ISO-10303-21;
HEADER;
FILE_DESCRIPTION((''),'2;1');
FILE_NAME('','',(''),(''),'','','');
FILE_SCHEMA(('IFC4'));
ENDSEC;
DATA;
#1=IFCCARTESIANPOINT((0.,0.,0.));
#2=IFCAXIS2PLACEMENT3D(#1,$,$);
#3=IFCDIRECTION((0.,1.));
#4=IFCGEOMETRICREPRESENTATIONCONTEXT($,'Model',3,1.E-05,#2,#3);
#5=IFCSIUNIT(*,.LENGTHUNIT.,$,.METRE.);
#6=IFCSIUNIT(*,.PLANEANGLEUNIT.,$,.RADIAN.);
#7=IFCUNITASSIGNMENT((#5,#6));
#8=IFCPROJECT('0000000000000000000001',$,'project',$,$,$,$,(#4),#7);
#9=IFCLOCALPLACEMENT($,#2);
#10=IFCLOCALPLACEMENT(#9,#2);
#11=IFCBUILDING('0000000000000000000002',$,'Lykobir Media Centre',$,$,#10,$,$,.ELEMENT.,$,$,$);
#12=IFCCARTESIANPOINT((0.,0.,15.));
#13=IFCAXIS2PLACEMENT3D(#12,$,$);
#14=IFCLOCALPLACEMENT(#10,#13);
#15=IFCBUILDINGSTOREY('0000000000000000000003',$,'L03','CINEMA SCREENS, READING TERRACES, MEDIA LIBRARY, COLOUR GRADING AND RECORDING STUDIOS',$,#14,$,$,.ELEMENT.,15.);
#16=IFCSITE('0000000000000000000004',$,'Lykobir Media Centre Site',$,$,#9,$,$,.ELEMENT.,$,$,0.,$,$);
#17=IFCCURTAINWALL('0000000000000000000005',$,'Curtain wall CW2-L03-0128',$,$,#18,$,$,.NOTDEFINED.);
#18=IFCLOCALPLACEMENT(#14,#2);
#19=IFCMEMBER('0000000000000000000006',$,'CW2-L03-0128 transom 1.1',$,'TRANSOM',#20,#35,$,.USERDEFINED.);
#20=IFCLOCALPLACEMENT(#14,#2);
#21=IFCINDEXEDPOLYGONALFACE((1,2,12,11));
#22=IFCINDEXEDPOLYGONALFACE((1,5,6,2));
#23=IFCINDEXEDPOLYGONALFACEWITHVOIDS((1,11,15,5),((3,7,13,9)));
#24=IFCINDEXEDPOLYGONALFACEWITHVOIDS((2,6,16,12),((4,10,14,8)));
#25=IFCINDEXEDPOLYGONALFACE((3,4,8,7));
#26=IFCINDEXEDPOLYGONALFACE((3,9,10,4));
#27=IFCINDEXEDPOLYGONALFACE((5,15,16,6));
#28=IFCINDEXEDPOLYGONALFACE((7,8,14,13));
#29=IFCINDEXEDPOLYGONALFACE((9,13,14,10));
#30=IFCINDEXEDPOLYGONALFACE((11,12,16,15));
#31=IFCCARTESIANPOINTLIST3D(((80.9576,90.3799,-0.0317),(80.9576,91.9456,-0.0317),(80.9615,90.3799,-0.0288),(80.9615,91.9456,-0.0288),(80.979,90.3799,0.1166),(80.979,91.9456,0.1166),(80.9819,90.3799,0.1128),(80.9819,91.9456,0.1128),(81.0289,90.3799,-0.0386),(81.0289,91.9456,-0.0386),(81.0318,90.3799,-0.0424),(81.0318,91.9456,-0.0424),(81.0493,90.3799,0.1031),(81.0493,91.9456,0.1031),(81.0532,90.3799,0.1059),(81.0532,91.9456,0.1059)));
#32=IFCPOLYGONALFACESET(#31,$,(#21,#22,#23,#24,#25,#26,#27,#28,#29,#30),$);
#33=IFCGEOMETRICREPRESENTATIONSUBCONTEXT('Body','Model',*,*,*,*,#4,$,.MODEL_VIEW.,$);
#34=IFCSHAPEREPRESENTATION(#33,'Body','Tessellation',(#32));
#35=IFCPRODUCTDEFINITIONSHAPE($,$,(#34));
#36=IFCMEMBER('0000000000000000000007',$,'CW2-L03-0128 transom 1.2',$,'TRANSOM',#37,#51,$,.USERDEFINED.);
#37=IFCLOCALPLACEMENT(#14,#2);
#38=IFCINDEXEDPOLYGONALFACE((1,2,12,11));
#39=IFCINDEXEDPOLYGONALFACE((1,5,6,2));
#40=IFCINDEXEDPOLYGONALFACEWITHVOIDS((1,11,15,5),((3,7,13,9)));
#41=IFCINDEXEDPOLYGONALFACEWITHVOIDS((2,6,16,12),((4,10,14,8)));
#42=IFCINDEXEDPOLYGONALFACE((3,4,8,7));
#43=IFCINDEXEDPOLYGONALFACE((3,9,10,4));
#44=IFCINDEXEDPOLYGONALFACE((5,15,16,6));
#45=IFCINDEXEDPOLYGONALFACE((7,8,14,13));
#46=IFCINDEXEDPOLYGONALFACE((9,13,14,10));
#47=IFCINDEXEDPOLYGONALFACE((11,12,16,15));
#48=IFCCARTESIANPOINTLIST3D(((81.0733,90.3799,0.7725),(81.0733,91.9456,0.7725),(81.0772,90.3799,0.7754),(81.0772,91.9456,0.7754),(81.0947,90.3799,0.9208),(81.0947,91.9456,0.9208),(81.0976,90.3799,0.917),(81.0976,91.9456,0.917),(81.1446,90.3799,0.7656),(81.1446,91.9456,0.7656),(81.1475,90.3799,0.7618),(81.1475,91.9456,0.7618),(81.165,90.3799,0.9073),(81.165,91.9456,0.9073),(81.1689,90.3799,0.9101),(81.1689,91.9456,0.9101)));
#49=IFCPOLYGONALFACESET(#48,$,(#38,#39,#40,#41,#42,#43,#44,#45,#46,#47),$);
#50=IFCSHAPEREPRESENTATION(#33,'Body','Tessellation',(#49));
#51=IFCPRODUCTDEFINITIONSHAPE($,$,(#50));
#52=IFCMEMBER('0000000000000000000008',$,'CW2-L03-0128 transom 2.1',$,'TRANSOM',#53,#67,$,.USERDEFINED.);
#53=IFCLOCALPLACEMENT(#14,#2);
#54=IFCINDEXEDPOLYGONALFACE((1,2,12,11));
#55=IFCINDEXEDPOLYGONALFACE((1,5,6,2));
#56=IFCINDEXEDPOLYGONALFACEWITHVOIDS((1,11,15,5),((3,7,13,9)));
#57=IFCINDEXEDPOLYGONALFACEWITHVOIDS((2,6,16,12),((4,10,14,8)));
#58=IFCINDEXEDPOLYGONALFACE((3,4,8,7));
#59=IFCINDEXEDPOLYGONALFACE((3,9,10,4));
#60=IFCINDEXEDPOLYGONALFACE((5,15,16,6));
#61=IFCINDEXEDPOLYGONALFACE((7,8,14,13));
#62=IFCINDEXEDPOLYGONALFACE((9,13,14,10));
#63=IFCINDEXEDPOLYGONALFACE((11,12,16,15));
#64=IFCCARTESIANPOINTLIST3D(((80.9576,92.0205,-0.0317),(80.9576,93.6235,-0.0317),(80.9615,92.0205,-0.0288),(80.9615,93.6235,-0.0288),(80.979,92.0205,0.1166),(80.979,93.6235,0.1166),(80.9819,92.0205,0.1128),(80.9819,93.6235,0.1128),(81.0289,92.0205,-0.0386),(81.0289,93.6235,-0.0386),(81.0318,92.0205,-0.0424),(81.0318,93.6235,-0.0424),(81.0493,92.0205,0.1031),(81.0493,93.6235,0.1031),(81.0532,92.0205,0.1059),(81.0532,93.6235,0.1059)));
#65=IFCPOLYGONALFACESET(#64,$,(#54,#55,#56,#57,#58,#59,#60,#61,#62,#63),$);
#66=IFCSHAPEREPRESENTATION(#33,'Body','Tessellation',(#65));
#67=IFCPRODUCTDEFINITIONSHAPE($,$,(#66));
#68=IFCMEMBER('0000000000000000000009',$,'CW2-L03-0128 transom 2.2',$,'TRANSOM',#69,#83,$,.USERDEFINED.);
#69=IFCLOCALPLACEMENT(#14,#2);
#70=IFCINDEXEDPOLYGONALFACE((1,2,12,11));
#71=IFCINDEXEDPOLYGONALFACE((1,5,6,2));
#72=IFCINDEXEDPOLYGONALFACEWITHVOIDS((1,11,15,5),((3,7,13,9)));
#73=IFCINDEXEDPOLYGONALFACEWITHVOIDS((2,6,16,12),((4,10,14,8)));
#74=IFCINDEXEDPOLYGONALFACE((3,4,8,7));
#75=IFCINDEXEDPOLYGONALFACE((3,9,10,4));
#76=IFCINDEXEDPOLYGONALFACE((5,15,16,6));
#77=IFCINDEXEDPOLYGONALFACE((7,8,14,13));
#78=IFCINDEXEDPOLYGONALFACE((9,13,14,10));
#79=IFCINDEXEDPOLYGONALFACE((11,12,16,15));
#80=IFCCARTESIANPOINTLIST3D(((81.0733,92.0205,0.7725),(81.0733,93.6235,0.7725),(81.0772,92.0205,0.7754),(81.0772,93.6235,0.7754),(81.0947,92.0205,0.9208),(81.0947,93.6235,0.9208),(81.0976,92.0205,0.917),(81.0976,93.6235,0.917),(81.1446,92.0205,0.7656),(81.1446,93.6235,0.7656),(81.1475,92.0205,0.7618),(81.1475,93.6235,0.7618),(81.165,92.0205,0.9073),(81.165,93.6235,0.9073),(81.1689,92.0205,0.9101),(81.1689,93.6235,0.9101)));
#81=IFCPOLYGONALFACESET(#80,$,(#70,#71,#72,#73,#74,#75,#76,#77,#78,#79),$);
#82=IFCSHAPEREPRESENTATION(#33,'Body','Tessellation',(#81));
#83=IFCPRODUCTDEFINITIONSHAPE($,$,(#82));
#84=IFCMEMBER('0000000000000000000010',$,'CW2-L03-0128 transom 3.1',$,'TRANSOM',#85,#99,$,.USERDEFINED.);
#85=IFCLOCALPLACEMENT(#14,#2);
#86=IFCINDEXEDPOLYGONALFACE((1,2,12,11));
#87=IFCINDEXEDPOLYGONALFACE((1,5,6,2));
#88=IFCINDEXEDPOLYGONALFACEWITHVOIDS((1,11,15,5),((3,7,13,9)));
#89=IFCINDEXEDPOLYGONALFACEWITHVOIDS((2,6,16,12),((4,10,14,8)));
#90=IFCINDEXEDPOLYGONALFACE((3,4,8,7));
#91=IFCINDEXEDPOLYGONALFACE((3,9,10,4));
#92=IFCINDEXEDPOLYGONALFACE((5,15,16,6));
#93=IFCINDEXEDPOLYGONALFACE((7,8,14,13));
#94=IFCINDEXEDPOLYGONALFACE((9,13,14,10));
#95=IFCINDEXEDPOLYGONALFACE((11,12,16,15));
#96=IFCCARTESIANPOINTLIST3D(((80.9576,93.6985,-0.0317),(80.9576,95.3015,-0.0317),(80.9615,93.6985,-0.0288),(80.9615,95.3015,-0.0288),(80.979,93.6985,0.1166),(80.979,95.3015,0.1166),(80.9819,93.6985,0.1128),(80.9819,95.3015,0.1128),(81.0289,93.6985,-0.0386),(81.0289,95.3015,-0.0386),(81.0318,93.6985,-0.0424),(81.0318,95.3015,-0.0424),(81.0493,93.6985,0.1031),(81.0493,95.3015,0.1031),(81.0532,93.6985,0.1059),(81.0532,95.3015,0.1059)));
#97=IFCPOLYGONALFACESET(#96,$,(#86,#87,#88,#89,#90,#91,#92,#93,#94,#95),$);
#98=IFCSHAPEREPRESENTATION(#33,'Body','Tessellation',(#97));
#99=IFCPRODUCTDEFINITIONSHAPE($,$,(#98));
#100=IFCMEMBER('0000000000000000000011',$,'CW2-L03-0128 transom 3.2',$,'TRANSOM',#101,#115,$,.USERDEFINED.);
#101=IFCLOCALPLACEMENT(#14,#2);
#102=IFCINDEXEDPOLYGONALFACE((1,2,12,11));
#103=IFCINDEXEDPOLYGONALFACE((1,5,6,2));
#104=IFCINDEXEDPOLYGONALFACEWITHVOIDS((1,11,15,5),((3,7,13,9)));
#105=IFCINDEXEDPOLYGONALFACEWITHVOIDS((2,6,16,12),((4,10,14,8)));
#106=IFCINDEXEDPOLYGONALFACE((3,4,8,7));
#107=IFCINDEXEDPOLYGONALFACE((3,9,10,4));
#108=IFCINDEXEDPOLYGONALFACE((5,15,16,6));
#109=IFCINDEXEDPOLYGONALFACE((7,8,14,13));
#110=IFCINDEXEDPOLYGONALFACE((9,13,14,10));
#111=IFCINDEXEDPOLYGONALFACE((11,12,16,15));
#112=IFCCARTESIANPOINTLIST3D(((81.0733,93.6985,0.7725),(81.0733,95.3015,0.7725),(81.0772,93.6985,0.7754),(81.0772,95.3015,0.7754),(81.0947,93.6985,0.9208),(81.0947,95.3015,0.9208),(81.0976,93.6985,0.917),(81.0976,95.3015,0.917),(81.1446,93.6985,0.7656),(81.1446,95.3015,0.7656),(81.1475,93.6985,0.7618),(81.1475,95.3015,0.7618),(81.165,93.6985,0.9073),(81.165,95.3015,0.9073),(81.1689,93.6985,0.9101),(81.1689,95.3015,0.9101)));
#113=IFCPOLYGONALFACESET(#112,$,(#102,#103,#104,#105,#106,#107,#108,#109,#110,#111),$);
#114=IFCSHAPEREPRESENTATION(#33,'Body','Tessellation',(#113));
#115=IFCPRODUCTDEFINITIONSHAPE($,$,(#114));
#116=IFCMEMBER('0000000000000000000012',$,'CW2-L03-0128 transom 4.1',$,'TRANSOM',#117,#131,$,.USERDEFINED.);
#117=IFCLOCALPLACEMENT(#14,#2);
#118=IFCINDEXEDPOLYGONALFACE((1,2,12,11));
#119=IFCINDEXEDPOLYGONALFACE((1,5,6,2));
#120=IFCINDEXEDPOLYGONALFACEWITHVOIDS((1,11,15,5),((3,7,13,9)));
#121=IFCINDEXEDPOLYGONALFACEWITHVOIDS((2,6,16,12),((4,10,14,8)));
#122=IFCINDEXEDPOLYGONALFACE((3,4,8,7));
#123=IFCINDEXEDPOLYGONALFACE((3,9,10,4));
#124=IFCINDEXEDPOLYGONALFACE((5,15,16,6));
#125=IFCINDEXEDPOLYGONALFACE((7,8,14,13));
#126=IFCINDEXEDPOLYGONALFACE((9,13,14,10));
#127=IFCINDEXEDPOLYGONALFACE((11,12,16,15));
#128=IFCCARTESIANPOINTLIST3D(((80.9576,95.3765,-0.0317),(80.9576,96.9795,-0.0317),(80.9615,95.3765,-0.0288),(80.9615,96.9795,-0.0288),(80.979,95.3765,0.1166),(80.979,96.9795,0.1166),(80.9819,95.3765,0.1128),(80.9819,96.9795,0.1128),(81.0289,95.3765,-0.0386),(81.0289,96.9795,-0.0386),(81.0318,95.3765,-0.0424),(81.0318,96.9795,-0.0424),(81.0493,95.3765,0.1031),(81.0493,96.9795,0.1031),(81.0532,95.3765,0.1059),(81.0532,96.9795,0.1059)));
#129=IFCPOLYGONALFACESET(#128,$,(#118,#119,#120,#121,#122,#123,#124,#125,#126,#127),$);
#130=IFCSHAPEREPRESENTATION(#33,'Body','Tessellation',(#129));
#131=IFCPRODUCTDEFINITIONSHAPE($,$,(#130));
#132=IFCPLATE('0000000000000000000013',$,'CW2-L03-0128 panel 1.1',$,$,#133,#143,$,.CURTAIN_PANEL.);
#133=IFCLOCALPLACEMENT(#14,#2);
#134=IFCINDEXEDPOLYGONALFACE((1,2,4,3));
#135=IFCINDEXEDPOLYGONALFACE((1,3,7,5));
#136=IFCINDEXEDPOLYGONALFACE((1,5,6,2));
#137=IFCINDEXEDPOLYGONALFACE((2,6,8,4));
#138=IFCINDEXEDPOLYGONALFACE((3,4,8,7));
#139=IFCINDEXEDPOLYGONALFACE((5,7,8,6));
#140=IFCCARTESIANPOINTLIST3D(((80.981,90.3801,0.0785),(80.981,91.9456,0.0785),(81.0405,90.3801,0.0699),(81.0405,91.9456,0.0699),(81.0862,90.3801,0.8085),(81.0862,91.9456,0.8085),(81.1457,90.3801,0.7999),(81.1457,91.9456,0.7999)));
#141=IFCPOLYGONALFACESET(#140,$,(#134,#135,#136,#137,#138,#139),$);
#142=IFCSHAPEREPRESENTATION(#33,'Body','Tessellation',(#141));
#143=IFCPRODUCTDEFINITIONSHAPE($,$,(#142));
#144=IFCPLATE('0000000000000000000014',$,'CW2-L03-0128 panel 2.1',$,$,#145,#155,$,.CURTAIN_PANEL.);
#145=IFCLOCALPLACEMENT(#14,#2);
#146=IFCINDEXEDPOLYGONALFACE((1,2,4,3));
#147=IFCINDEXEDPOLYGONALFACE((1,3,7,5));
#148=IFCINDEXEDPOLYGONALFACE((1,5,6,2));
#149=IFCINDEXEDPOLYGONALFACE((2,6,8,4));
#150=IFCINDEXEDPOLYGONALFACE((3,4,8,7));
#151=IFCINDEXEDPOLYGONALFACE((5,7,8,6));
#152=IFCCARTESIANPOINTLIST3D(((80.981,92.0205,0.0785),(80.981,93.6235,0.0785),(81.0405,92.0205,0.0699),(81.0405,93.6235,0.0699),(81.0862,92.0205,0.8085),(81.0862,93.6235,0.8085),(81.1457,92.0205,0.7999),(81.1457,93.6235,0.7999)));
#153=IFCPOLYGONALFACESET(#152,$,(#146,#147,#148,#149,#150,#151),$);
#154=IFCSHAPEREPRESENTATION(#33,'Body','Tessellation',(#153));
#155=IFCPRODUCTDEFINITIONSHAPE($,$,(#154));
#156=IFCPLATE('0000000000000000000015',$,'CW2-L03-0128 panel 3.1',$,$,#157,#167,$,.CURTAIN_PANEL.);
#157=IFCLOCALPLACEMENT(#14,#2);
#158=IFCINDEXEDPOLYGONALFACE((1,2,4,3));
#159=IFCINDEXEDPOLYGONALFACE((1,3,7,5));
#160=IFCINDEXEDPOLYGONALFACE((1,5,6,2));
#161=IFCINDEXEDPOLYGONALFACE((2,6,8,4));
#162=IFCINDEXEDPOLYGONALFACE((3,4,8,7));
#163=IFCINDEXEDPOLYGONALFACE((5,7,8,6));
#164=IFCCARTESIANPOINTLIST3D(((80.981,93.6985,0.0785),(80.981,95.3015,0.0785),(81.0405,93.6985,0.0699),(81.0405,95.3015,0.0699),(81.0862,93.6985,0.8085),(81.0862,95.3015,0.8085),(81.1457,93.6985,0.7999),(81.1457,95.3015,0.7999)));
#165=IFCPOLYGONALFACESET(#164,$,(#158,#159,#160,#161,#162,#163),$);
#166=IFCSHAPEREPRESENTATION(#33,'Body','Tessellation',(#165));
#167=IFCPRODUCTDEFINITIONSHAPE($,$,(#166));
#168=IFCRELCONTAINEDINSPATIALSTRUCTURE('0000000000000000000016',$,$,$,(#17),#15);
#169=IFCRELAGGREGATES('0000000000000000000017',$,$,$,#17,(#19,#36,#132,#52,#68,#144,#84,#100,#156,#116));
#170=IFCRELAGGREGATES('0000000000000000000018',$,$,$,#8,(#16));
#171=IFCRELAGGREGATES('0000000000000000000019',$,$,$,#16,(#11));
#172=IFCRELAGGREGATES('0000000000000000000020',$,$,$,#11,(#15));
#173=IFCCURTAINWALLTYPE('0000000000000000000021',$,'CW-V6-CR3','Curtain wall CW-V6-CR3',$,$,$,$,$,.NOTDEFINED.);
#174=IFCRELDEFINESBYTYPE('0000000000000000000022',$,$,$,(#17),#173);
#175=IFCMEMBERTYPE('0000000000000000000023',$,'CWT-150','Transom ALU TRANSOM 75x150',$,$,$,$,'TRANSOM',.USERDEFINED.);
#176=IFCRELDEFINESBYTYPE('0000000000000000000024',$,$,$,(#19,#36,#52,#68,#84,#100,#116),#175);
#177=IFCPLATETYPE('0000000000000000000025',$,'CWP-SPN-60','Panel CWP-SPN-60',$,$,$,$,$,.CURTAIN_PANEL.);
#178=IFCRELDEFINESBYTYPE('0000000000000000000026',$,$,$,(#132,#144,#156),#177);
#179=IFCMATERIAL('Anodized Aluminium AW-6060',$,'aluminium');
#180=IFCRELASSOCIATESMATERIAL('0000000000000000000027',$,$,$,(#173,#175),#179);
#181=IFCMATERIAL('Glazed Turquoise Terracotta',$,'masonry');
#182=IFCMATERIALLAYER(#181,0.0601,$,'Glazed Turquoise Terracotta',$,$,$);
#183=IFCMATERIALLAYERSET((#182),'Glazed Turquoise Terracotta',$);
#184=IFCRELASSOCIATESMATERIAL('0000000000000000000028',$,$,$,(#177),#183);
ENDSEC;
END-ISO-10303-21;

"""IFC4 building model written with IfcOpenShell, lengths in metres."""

from ifc_helpers import new_model, si_unit, direction, frame, origin, origin_2d, place, context, subcontext, project, spatial, rectangle, hollow_rectangle, extrude, material, layer, layer_set, material_profile, profile_set, type_object, element, aggregate, save


model = new_model("IFC4")

# Units and contexts
model_context = context("Model", 3, precision=1e-05, world=origin(), true_north=direction((0.0, 1.0)))
body_context = subcontext(model_context, "Body", "Model", "MODEL_VIEW")
ifc_project = project(units=[si_unit("LENGTHUNIT", "METRE"), si_unit("PLANEANGLEUNIT", "RADIAN")], contexts=[model_context])

# Site, building, storey
site_placement = place(None, origin())
site = spatial("IfcSite", under=ifc_project, at=site_placement, Name="Lykobir Media Centre Site", CompositionType="ELEMENT", RefElevation=0.0)
building_placement = place(site_placement, origin())
building = spatial("IfcBuilding", under=site, at=building_placement, Name="Lykobir Media Centre", CompositionType="ELEMENT")
storey_placement = place(building_placement, frame((0.0, 0.0, 15.0)))
storey = spatial("IfcBuildingStorey", under=building, at=storey_placement, Name="L03", Description="CINEMA SCREENS, READING TERRACES, MEDIA LIBRARY, COLOUR GRADING AND RECORDING STUDIOS", CompositionType="ELEMENT", Elevation=15.0)

# Shared definitions
ifc_material_1 = material(Name="Anodized Aluminium AW-6060", Category="aluminium")
curtain_wall_type = type_object("IfcCurtainWallType", Name="CW-V6-CR3", Description="Curtain wall CW-V6-CR3", PredefinedType="NOTDEFINED", material=ifc_material_1)

# Curtain wall, members, plates
curtain_wall_1_placement = place(storey_placement, origin())
curtain_wall_1 = element("IfcCurtainWall", 1, at=curtain_wall_1_placement, inside=storey, type_object=curtain_wall_type, Name="Curtain wall CW2-L03-0128", PredefinedType="NOTDEFINED")
ifc_material_profile_1 = material_profile(ifc_material_1, hollow_rectangle(XDim=0.075, YDim=0.1499, WallThickness=0.0034, at=origin_2d()), Name="ALU TRANSOM 75x150")
ifc_profile_set_1 = profile_set([ifc_material_profile_1], Name="Anodized Aluminium AW-6060")
member_type_1 = type_object("IfcMemberType", Name="CWT-150", Description="Transom ALU TRANSOM 75x150", ElementType="TRANSOM", PredefinedType="USERDEFINED", material=ifc_profile_set_1)
member_1_placement = place(storey_placement, frame((81.0054, 90.3799, 0.0371), z_axis=(0.0, 1.0, 0.0), x_axis=(-0.989776, 0.0, 0.142629)))
member_1 = element("IfcMember", 2, at=member_1_placement, type_object=member_type_1, Name="CW2-L03-0128 transom 1.1", ObjectType="TRANSOM", PredefinedType="USERDEFINED", context=body_context, shape_type="SweptSolid", body=[
    extrude(hollow_rectangle(XDim=0.075, YDim=0.1499, WallThickness=0.0034, at=origin_2d()), origin(), (0.0, 0.0, 1.0), 1.5657),
])
member_2_placement = place(storey_placement, frame((81.1211, 90.3799, 0.8413), z_axis=(0.0, 1.0, 0.0), x_axis=(-0.989776, 0.0, 0.142629)))
member_2 = element("IfcMember", 3, at=member_2_placement, type_object=member_type_1, Name="CW2-L03-0128 transom 1.2", ObjectType="TRANSOM", PredefinedType="USERDEFINED", context=body_context, shape_type="SweptSolid", body=[
    extrude(hollow_rectangle(XDim=0.075, YDim=0.1499, WallThickness=0.0034, at=origin_2d()), origin(), (0.0, 0.0, 1.0), 1.5657),
])
member_3_placement = place(storey_placement, frame((81.0054, 92.0205, 0.0371), z_axis=(0.0, 1.0, 0.0), x_axis=(-0.989776, 0.0, 0.142629)))
member_3 = element("IfcMember", 4, at=member_3_placement, type_object=member_type_1, Name="CW2-L03-0128 transom 2.1", ObjectType="TRANSOM", PredefinedType="USERDEFINED", context=body_context, shape_type="SweptSolid", body=[
    extrude(hollow_rectangle(XDim=0.075, YDim=0.1499, WallThickness=0.0034, at=origin_2d()), origin(), (0.0, 0.0, 1.0), 1.603),
])
member_4_placement = place(storey_placement, frame((81.1211, 92.0205, 0.8413), z_axis=(0.0, 1.0, 0.0), x_axis=(-0.989776, 0.0, 0.142629)))
member_4 = element("IfcMember", 5, at=member_4_placement, type_object=member_type_1, Name="CW2-L03-0128 transom 2.2", ObjectType="TRANSOM", PredefinedType="USERDEFINED", context=body_context, shape_type="SweptSolid", body=[
    extrude(hollow_rectangle(XDim=0.075, YDim=0.1499, WallThickness=0.0034, at=origin_2d()), origin(), (0.0, 0.0, 1.0), 1.603),
])
member_5_placement = place(storey_placement, frame((81.0054, 93.6985, 0.0371), z_axis=(0.0, 1.0, 0.0), x_axis=(-0.989776, 0.0, 0.142629)))
member_5 = element("IfcMember", 6, at=member_5_placement, type_object=member_type_1, Name="CW2-L03-0128 transom 3.1", ObjectType="TRANSOM", PredefinedType="USERDEFINED", context=body_context, shape_type="SweptSolid", body=[
    extrude(hollow_rectangle(XDim=0.075, YDim=0.1499, WallThickness=0.0034, at=origin_2d()), origin(), (0.0, 0.0, 1.0), 1.603),
])
member_6_placement = place(storey_placement, frame((81.1211, 93.6985, 0.8413), z_axis=(0.0, 1.0, 0.0), x_axis=(-0.989776, 0.0, 0.142629)))
member_6 = element("IfcMember", 7, at=member_6_placement, type_object=member_type_1, Name="CW2-L03-0128 transom 3.2", ObjectType="TRANSOM", PredefinedType="USERDEFINED", context=body_context, shape_type="SweptSolid", body=[
    extrude(hollow_rectangle(XDim=0.075, YDim=0.1499, WallThickness=0.0034, at=origin_2d()), origin(), (0.0, 0.0, 1.0), 1.603),
])
member_7_placement = place(storey_placement, frame((81.0054, 95.3765, 0.0371), z_axis=(0.0, 1.0, 0.0), x_axis=(-0.989776, 0.0, 0.142629)))
member_7 = element("IfcMember", 8, at=member_7_placement, type_object=member_type_1, Name="CW2-L03-0128 transom 4.1", ObjectType="TRANSOM", PredefinedType="USERDEFINED", context=body_context, shape_type="SweptSolid", body=[
    extrude(hollow_rectangle(XDim=0.075, YDim=0.1499, WallThickness=0.0034, at=origin_2d()), origin(), (0.0, 0.0, 1.0), 1.603),
])
ifc_material_2 = material(Name="Glazed Turquoise Terracotta", Category="masonry")
ifc_layer = layer(ifc_material_2, 0.0601, Name="Glazed Turquoise Terracotta")
ifc_layer_set = layer_set([ifc_layer], Name="Glazed Turquoise Terracotta")
plate_type = type_object("IfcPlateType", Name="CWP-SPN-60", Description="Panel CWP-SPN-60", PredefinedType="CURTAIN_PANEL", material=ifc_layer_set)
plate_1_placement = place(storey_placement, frame((81.0107, 91.1628, 0.0742), z_axis=(0.142629, 0.0, 0.989776), x_axis=(0.0, 1.0, 0.0)))
plate_1 = element("IfcPlate", 9, at=plate_1_placement, type_object=plate_type, Name="CW2-L03-0128 panel 1.1", PredefinedType="CURTAIN_PANEL", context=body_context, shape_type="SweptSolid", body=[
    extrude(rectangle(XDim=1.5654, YDim=0.0601, at=origin_2d()), origin(), (0.0, 0.0, 1.0), 0.7375),
])
plate_2_placement = place(storey_placement, frame((81.0107, 92.822, 0.0742), z_axis=(0.142629, 0.0, 0.989776), x_axis=(0.0, 1.0, 0.0)))
plate_2 = element("IfcPlate", 10, at=plate_2_placement, type_object=plate_type, Name="CW2-L03-0128 panel 2.1", PredefinedType="CURTAIN_PANEL", context=body_context, shape_type="SweptSolid", body=[
    extrude(rectangle(XDim=1.603, YDim=0.0601, at=origin_2d()), origin(), (0.0, 0.0, 1.0), 0.7375),
])
plate_3_placement = place(storey_placement, frame((81.0107, 94.5, 0.0742), z_axis=(0.142629, 0.0, 0.989776), x_axis=(0.0, 1.0, 0.0)))
plate_3 = element("IfcPlate", 11, at=plate_3_placement, type_object=plate_type, Name="CW2-L03-0128 panel 3.1", PredefinedType="CURTAIN_PANEL", context=body_context, shape_type="SweptSolid", body=[
    extrude(rectangle(XDim=1.603, YDim=0.0601, at=origin_2d()), origin(), (0.0, 0.0, 1.0), 0.7375),
])
aggregate(curtain_wall_1, [member_1, member_2, plate_1, member_3, member_4, plate_2, member_5, member_6, plate_3, member_7])

save(model, "model.ifc")
